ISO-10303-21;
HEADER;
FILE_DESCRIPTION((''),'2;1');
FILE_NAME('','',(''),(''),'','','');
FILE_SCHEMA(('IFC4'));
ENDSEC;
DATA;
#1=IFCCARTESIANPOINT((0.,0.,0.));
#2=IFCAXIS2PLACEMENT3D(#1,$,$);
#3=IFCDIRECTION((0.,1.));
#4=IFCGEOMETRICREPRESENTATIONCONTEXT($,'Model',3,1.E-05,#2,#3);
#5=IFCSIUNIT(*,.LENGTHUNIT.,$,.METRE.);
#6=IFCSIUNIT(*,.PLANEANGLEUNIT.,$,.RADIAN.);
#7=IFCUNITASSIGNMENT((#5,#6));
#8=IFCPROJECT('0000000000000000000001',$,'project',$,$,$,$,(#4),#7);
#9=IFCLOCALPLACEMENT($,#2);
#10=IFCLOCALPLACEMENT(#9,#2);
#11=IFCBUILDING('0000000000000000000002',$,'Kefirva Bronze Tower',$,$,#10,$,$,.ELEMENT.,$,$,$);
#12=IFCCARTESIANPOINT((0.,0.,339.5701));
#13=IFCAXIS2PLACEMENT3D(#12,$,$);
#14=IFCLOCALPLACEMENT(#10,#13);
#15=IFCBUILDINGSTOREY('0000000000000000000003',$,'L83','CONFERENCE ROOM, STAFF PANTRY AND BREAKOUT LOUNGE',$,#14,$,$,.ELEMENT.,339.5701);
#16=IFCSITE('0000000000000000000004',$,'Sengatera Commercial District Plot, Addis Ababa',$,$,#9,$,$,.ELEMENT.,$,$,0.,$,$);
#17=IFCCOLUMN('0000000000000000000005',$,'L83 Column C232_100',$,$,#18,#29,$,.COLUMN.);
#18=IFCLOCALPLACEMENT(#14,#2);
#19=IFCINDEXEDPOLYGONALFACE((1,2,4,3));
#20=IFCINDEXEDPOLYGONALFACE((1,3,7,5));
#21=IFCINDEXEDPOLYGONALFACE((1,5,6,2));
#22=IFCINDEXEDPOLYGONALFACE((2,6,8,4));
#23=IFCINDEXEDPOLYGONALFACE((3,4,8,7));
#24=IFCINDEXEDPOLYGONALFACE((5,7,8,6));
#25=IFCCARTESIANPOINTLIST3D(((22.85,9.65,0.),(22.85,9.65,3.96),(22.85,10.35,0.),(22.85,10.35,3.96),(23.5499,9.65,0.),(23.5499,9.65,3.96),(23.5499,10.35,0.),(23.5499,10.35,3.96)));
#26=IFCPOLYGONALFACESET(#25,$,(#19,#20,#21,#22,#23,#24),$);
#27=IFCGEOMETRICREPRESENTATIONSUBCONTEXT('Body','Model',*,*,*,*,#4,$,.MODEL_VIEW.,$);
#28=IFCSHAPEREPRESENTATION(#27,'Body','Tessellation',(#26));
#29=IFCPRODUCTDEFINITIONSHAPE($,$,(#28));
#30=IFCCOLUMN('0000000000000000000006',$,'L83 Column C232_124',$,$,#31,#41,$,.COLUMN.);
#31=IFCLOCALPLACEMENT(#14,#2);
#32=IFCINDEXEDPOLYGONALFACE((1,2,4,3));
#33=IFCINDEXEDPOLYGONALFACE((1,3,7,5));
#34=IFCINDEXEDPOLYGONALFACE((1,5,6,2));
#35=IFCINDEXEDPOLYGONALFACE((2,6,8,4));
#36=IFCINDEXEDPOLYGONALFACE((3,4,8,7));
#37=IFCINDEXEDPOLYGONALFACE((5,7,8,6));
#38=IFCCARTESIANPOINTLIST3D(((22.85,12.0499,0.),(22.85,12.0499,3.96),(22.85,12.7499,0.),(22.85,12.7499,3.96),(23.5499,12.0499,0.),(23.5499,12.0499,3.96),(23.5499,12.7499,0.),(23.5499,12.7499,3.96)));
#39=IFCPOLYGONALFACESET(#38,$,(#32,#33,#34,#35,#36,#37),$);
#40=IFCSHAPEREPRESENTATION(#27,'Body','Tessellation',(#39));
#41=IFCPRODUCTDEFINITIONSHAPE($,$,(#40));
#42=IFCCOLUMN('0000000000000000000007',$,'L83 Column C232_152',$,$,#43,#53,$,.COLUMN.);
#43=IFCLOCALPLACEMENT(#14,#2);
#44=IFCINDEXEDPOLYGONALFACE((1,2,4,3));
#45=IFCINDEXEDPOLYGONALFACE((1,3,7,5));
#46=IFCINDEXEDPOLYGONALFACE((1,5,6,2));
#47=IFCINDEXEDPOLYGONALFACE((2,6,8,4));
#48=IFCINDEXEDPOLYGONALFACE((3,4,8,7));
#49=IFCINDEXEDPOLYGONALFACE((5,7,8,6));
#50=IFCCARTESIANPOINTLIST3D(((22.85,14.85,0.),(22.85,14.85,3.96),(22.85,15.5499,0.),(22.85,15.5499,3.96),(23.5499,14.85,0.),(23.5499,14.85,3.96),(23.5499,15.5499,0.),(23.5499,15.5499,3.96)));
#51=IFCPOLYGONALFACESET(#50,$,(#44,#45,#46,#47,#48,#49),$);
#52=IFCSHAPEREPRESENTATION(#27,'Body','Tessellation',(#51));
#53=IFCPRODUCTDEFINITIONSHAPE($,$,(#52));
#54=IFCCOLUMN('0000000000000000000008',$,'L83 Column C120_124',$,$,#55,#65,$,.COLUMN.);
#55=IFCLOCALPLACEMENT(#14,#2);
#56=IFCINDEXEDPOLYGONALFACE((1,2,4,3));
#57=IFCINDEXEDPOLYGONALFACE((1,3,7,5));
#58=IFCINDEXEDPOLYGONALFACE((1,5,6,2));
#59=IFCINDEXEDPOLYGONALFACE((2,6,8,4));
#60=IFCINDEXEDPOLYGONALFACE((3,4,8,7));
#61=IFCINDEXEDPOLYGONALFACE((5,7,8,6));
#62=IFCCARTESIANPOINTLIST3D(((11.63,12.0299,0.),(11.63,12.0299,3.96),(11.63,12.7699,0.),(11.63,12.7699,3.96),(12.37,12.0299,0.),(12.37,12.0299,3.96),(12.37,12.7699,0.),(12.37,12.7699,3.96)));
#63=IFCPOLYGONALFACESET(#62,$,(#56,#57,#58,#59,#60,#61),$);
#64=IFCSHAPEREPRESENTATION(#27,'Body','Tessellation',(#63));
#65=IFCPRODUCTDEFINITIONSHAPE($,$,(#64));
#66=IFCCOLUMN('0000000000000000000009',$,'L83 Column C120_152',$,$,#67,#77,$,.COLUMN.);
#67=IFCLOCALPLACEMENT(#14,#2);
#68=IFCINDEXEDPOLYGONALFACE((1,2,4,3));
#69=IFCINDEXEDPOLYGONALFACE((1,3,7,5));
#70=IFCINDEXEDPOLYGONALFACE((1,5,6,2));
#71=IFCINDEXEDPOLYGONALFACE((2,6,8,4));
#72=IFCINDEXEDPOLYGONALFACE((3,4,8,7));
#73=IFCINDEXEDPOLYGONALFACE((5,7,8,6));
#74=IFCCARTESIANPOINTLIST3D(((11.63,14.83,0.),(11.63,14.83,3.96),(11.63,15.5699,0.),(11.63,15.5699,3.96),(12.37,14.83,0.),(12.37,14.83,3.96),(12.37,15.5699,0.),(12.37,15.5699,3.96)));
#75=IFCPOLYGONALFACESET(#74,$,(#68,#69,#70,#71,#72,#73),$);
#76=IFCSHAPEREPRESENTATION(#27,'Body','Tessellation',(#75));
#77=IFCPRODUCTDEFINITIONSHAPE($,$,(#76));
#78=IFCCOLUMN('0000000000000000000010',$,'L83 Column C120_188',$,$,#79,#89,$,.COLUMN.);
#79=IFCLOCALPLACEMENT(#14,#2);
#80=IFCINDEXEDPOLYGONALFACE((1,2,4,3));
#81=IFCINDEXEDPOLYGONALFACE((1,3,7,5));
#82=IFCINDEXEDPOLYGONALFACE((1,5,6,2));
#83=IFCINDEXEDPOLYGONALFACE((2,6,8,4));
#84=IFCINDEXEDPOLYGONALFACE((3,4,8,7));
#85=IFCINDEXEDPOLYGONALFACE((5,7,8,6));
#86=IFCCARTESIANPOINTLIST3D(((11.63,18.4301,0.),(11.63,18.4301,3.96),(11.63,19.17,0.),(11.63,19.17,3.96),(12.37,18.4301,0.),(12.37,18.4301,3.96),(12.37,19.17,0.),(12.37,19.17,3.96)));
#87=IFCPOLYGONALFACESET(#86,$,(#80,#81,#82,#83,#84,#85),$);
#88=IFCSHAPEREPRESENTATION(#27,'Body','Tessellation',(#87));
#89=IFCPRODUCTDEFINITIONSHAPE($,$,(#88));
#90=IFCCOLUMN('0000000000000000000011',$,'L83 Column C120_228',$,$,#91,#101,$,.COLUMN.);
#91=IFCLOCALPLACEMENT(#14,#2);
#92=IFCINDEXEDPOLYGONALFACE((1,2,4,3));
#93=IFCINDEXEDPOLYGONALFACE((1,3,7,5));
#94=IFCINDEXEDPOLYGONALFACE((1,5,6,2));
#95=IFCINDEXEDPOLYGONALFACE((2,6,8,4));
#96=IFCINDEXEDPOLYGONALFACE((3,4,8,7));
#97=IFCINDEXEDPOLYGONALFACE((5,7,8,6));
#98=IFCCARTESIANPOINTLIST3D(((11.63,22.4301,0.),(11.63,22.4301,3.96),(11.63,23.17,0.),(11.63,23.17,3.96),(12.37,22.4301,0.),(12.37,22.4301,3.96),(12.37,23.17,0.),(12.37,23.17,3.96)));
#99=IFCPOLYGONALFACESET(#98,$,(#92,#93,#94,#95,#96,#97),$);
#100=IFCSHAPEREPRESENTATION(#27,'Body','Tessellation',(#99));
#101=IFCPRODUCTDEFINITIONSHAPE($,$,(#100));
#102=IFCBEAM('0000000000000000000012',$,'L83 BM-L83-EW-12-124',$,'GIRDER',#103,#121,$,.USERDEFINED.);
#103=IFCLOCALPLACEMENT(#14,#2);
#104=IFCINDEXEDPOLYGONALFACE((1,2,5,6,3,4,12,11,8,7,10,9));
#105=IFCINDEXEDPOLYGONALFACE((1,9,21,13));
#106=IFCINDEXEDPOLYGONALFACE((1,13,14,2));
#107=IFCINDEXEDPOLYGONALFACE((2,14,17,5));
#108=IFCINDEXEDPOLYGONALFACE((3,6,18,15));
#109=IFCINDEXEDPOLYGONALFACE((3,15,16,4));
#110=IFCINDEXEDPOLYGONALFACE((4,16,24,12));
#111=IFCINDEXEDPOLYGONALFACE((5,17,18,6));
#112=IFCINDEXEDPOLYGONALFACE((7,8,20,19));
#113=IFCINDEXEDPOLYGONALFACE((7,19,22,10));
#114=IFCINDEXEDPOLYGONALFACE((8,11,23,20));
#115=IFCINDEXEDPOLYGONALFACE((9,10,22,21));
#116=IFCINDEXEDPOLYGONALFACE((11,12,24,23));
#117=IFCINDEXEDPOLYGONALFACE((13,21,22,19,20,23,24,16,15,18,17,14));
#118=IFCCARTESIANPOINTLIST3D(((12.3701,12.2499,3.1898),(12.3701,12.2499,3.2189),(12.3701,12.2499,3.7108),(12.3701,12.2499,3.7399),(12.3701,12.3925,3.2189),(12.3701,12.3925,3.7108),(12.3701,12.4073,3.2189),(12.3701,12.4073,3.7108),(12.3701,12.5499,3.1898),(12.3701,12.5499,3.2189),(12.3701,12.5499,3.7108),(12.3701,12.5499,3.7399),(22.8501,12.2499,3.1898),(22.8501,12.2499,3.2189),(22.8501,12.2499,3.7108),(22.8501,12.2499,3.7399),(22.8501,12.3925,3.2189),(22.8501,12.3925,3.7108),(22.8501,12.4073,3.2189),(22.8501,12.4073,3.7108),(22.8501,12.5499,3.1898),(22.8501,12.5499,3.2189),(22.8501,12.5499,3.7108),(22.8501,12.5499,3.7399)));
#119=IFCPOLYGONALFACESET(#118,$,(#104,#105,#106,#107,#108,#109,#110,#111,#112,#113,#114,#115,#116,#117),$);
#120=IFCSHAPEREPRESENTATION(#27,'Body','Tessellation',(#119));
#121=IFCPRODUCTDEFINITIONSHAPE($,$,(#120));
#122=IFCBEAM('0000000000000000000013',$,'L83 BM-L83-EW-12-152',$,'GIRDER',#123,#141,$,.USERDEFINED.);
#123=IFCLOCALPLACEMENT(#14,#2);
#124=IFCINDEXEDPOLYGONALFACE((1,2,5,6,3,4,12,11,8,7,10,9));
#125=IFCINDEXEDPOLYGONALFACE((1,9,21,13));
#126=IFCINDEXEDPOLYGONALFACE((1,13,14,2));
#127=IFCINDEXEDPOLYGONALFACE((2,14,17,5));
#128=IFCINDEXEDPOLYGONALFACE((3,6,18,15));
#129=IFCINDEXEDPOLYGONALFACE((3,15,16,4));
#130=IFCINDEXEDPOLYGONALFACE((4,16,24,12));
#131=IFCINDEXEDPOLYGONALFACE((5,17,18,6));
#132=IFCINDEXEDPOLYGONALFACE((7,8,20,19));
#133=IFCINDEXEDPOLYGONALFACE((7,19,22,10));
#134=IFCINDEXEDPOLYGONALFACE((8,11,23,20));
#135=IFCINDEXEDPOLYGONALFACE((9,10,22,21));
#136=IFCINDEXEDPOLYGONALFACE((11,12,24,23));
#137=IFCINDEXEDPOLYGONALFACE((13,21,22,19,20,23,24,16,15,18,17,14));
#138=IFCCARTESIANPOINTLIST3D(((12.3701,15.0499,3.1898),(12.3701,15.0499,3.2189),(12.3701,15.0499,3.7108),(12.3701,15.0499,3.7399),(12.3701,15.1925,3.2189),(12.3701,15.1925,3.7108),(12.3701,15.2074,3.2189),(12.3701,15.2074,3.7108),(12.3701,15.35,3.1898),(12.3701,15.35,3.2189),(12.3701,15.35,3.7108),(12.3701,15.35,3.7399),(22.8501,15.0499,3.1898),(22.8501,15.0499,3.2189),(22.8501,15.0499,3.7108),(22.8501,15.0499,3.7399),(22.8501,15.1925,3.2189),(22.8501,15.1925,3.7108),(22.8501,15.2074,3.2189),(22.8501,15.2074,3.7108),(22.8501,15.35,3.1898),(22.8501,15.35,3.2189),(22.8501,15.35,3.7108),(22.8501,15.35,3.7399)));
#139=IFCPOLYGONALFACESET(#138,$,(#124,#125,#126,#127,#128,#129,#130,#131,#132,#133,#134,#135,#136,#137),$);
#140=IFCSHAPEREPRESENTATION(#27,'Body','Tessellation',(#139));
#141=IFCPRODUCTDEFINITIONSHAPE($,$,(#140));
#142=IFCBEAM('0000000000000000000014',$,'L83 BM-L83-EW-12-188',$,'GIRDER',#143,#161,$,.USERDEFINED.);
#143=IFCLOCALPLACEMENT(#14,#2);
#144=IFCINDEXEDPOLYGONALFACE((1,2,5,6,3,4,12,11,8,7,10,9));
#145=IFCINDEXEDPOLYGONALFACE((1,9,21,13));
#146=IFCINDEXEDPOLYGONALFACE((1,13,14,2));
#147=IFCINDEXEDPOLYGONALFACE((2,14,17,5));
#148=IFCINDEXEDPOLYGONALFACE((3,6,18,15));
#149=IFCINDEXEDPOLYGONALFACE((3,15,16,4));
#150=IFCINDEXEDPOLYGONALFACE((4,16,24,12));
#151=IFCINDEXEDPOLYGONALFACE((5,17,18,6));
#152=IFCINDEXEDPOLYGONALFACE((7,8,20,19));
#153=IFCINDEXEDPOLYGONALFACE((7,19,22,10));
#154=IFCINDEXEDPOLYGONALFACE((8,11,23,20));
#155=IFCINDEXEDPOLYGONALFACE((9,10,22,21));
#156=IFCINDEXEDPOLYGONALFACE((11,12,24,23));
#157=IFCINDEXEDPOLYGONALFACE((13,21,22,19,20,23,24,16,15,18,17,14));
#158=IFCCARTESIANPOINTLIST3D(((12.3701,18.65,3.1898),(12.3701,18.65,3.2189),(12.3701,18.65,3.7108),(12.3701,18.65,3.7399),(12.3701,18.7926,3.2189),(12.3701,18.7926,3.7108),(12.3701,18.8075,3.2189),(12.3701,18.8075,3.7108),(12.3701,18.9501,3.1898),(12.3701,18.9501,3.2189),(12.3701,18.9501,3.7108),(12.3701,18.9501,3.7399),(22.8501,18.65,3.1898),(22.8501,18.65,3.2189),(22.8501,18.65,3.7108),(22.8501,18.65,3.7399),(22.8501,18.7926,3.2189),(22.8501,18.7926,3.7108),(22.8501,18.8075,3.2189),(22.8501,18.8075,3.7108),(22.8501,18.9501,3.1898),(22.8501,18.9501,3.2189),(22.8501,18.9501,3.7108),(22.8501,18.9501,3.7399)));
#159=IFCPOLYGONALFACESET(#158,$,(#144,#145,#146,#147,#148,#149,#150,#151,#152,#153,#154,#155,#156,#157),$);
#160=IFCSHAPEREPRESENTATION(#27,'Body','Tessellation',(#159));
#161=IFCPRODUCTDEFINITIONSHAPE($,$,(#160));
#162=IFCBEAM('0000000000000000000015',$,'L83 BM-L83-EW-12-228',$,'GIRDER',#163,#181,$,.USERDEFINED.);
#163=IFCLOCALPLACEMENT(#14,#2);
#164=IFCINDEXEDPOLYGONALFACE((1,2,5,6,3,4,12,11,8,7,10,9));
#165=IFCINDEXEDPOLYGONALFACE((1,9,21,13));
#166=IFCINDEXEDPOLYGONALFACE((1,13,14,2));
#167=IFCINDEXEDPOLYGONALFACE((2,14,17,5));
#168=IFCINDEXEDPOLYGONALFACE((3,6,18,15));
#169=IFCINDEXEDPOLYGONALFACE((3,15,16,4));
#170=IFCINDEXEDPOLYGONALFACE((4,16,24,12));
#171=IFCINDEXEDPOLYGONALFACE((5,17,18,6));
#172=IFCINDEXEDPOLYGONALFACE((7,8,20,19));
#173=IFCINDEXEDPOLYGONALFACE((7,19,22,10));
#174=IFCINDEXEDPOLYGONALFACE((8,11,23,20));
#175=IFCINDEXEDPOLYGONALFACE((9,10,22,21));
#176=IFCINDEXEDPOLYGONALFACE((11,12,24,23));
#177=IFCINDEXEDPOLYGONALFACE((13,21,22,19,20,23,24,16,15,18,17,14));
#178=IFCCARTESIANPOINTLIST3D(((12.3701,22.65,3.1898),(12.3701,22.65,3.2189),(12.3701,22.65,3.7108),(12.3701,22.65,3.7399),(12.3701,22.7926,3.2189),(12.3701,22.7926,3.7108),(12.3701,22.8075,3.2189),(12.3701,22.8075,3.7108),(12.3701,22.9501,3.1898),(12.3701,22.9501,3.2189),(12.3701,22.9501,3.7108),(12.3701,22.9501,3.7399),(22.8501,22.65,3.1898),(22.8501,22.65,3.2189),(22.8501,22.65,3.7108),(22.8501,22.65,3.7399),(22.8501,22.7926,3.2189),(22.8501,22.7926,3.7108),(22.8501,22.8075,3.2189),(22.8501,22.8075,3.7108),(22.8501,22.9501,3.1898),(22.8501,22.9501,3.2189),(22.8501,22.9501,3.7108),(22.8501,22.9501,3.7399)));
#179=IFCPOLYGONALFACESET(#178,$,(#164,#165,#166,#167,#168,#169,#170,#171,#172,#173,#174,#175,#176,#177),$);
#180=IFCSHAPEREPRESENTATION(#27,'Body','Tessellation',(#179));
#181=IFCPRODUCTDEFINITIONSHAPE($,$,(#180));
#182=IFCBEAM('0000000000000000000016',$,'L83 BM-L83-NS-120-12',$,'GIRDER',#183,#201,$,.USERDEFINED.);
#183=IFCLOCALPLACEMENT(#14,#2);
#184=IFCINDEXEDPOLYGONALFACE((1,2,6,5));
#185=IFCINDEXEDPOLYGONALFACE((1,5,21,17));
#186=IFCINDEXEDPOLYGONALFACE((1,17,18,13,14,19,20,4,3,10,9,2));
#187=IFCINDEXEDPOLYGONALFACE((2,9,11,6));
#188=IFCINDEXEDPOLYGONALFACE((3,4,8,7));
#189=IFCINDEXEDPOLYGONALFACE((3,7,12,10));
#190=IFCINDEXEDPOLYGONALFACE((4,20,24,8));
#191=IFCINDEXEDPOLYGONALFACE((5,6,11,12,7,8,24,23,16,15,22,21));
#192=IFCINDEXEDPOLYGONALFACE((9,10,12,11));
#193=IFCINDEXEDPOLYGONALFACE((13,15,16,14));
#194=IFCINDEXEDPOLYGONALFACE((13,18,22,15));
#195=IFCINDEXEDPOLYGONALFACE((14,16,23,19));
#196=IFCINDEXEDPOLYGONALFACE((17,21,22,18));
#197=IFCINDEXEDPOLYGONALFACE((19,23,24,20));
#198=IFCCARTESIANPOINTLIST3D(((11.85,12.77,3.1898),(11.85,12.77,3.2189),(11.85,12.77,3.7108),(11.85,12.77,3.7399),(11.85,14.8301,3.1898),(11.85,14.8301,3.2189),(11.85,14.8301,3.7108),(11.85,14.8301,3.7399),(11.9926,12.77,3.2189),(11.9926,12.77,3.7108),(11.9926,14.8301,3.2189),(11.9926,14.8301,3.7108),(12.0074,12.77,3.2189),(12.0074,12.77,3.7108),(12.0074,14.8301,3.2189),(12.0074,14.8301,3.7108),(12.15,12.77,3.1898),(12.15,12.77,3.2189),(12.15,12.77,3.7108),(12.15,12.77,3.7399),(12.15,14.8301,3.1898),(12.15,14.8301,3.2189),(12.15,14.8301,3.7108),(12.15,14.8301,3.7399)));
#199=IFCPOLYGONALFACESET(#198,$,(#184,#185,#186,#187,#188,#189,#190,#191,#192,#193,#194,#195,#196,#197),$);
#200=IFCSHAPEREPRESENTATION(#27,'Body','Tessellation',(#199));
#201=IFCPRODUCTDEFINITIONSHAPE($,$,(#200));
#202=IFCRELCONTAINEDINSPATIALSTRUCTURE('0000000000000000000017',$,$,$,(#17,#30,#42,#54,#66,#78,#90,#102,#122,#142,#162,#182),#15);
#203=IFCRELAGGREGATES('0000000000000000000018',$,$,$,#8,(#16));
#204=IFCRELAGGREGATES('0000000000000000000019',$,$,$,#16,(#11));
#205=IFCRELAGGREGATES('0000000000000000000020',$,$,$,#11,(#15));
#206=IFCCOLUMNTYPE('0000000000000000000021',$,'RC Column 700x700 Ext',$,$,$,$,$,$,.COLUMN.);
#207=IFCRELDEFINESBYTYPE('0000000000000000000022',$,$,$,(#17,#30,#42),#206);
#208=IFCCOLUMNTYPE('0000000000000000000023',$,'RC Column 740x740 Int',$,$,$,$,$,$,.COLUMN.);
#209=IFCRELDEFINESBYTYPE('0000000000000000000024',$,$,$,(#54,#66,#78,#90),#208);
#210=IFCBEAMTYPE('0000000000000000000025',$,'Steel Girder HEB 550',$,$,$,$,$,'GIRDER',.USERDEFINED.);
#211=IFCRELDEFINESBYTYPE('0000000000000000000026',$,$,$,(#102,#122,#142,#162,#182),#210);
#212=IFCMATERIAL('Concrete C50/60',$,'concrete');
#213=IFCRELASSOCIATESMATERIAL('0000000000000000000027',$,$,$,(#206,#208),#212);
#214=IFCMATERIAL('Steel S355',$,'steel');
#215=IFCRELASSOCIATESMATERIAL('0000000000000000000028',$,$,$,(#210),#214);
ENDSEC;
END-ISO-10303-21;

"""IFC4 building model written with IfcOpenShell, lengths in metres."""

from ifc_helpers import new_model, si_unit, direction, frame, origin, origin_2d, place, context, subcontext, project, spatial, rectangle, i_section, extrude, material, material_profile, profile_set, type_object, element, save


model = new_model("IFC4")

# Units and contexts
model_context = context("Model", 3, precision=1e-05, world=origin(), true_north=direction((0.0, 1.0)))
body_context = subcontext(model_context, "Body", "Model", "MODEL_VIEW")
ifc_project = project(units=[si_unit("LENGTHUNIT", "METRE"), si_unit("PLANEANGLEUNIT", "RADIAN")], contexts=[model_context])

# Site, building, storey
site_placement = place(None, origin())
site = spatial("IfcSite", under=ifc_project, at=site_placement, Name="Sengatera Commercial District Plot, Addis Ababa", CompositionType="ELEMENT", RefElevation=0.0)
building_placement = place(site_placement, origin())
building = spatial("IfcBuilding", under=site, at=building_placement, Name="Kefirva Bronze Tower", CompositionType="ELEMENT")
storey_placement = place(building_placement, frame((0.0, 0.0, 339.5701)))
storey = spatial("IfcBuildingStorey", under=building, at=storey_placement, Name="L83", Description="CONFERENCE ROOM, STAFF PANTRY AND BREAKOUT LOUNGE", CompositionType="ELEMENT", Elevation=339.5701)

# Columns
ifc_material_1 = material(Name="Concrete C50/60", Category="concrete")
ifc_material_profile_1 = material_profile(ifc_material_1, rectangle(XDim=0.7, YDim=0.7, at=origin_2d()), Name="RC 700x700")
ifc_profile_set_1 = profile_set([ifc_material_profile_1], Name="Concrete C50/60")
column_type_1 = type_object("IfcColumnType", Name="RC Column 700x700 Ext", PredefinedType="COLUMN", material=ifc_profile_set_1)
for number, where, z_axis, x_axis, name in (
    (1, (23.2, 10.0, 0.0), (0.0, 0.0, 1.0), (1.0, 0.0, 0.0), "L83 Column C232_100"),
    (2, (23.2, 12.3999, 0.0), (0.0, 0.0, 1.0), (1.0, 0.0, 0.0), "L83 Column C232_124"),
    (3, (23.2, 15.2, 0.0), (0.0, 0.0, 1.0), (1.0, 0.0, 0.0), "L83 Column C232_152"),
):
    element("IfcColumn", number, at=place(storey_placement, frame(where, z_axis=z_axis, x_axis=x_axis)), inside=storey, type_object=column_type_1, Name=name, PredefinedType="COLUMN", context=body_context, shape_type="SweptSolid", body=[
        extrude(rectangle(XDim=0.7, YDim=0.7, at=origin_2d()), origin(), (0.0, 0.0, 1.0), 3.96),
    ])
ifc_material_profile_2 = material_profile(ifc_material_1, rectangle(XDim=0.74, YDim=0.74, at=origin_2d()), Name="RC 740x740")
ifc_profile_set_2 = profile_set([ifc_material_profile_2], Name="Concrete C50/60")
column_type_2 = type_object("IfcColumnType", Name="RC Column 740x740 Int", PredefinedType="COLUMN", material=ifc_profile_set_2)
for number, where, z_axis, x_axis, name in (
    (4, (12.0, 12.3999, 0.0), (0.0, 0.0, 1.0), (1.0, 0.0, 0.0), "L83 Column C120_124"),
    (5, (12.0, 15.2, 0.0), (0.0, 0.0, 1.0), (1.0, 0.0, 0.0), "L83 Column C120_152"),
    (6, (12.0, 18.8, 0.0), (0.0, 0.0, 1.0), (1.0, 0.0, 0.0), "L83 Column C120_188"),
    (7, (12.0, 22.8, 0.0), (0.0, 0.0, 1.0), (1.0, 0.0, 0.0), "L83 Column C120_228"),
):
    element("IfcColumn", number, at=place(storey_placement, frame(where, z_axis=z_axis, x_axis=x_axis)), inside=storey, type_object=column_type_2, Name=name, PredefinedType="COLUMN", context=body_context, shape_type="SweptSolid", body=[
        extrude(rectangle(XDim=0.74, YDim=0.74, at=origin_2d()), origin(), (0.0, 0.0, 1.0), 3.96),
    ])

# Beams
ifc_material_2 = material(Name="Steel S355", Category="steel")
ifc_material_profile_3 = material_profile(ifc_material_2, i_section(OverallWidth=0.3, OverallDepth=0.55, WebThickness=0.0149, FlangeThickness=0.0291, at=origin_2d()), Name="HEB 550")
ifc_profile_set_3 = profile_set([ifc_material_profile_3], Name="Steel S355")
beam_type_1 = type_object("IfcBeamType", Name="Steel Girder HEB 550", ElementType="GIRDER", PredefinedType="USERDEFINED", material=ifc_profile_set_3)
for number, where, z_axis, x_axis, name in (
    (8, (12.3701, 12.3999, 3.4648), (1.0, 0.0, 0.0), (0.0, 1.0, 0.0), "L83 BM-L83-EW-12-124"),
    (9, (12.3701, 15.2, 3.4648), (1.0, 0.0, 0.0), (0.0, 1.0, 0.0), "L83 BM-L83-EW-12-152"),
    (10, (12.3701, 18.8, 3.4648), (1.0, 0.0, 0.0), (0.0, 1.0, 0.0), "L83 BM-L83-EW-12-188"),
    (11, (12.3701, 22.8, 3.4648), (1.0, 0.0, 0.0), (0.0, 1.0, 0.0), "L83 BM-L83-EW-12-228"),
):
    element("IfcBeam", number, at=place(storey_placement, frame(where, z_axis=z_axis, x_axis=x_axis)), inside=storey, type_object=beam_type_1, Name=name, ObjectType="GIRDER", PredefinedType="USERDEFINED", context=body_context, shape_type="SweptSolid", body=[
        extrude(i_section(OverallWidth=0.3, OverallDepth=0.55, WebThickness=0.0149, FlangeThickness=0.0291, at=origin_2d()), origin(), (0.0, 0.0, 1.0), 10.48),
    ])
beam_1_placement = place(storey_placement, frame((12.0, 12.77, 3.4648), z_axis=(0.0, 1.0, 0.0), x_axis=(-1.0, 0.0, 0.0)))
element("IfcBeam", 12, at=beam_1_placement, inside=storey, type_object=beam_type_1, Name="L83 BM-L83-NS-120-12", ObjectType="GIRDER", PredefinedType="USERDEFINED", context=body_context, shape_type="SweptSolid", body=[
    extrude(i_section(OverallWidth=0.3, OverallDepth=0.55, WebThickness=0.0149, FlangeThickness=0.0291, at=origin_2d()), origin(), (0.0, 0.0, 1.0), 2.0601),
])

save(model, "model.ifc")
